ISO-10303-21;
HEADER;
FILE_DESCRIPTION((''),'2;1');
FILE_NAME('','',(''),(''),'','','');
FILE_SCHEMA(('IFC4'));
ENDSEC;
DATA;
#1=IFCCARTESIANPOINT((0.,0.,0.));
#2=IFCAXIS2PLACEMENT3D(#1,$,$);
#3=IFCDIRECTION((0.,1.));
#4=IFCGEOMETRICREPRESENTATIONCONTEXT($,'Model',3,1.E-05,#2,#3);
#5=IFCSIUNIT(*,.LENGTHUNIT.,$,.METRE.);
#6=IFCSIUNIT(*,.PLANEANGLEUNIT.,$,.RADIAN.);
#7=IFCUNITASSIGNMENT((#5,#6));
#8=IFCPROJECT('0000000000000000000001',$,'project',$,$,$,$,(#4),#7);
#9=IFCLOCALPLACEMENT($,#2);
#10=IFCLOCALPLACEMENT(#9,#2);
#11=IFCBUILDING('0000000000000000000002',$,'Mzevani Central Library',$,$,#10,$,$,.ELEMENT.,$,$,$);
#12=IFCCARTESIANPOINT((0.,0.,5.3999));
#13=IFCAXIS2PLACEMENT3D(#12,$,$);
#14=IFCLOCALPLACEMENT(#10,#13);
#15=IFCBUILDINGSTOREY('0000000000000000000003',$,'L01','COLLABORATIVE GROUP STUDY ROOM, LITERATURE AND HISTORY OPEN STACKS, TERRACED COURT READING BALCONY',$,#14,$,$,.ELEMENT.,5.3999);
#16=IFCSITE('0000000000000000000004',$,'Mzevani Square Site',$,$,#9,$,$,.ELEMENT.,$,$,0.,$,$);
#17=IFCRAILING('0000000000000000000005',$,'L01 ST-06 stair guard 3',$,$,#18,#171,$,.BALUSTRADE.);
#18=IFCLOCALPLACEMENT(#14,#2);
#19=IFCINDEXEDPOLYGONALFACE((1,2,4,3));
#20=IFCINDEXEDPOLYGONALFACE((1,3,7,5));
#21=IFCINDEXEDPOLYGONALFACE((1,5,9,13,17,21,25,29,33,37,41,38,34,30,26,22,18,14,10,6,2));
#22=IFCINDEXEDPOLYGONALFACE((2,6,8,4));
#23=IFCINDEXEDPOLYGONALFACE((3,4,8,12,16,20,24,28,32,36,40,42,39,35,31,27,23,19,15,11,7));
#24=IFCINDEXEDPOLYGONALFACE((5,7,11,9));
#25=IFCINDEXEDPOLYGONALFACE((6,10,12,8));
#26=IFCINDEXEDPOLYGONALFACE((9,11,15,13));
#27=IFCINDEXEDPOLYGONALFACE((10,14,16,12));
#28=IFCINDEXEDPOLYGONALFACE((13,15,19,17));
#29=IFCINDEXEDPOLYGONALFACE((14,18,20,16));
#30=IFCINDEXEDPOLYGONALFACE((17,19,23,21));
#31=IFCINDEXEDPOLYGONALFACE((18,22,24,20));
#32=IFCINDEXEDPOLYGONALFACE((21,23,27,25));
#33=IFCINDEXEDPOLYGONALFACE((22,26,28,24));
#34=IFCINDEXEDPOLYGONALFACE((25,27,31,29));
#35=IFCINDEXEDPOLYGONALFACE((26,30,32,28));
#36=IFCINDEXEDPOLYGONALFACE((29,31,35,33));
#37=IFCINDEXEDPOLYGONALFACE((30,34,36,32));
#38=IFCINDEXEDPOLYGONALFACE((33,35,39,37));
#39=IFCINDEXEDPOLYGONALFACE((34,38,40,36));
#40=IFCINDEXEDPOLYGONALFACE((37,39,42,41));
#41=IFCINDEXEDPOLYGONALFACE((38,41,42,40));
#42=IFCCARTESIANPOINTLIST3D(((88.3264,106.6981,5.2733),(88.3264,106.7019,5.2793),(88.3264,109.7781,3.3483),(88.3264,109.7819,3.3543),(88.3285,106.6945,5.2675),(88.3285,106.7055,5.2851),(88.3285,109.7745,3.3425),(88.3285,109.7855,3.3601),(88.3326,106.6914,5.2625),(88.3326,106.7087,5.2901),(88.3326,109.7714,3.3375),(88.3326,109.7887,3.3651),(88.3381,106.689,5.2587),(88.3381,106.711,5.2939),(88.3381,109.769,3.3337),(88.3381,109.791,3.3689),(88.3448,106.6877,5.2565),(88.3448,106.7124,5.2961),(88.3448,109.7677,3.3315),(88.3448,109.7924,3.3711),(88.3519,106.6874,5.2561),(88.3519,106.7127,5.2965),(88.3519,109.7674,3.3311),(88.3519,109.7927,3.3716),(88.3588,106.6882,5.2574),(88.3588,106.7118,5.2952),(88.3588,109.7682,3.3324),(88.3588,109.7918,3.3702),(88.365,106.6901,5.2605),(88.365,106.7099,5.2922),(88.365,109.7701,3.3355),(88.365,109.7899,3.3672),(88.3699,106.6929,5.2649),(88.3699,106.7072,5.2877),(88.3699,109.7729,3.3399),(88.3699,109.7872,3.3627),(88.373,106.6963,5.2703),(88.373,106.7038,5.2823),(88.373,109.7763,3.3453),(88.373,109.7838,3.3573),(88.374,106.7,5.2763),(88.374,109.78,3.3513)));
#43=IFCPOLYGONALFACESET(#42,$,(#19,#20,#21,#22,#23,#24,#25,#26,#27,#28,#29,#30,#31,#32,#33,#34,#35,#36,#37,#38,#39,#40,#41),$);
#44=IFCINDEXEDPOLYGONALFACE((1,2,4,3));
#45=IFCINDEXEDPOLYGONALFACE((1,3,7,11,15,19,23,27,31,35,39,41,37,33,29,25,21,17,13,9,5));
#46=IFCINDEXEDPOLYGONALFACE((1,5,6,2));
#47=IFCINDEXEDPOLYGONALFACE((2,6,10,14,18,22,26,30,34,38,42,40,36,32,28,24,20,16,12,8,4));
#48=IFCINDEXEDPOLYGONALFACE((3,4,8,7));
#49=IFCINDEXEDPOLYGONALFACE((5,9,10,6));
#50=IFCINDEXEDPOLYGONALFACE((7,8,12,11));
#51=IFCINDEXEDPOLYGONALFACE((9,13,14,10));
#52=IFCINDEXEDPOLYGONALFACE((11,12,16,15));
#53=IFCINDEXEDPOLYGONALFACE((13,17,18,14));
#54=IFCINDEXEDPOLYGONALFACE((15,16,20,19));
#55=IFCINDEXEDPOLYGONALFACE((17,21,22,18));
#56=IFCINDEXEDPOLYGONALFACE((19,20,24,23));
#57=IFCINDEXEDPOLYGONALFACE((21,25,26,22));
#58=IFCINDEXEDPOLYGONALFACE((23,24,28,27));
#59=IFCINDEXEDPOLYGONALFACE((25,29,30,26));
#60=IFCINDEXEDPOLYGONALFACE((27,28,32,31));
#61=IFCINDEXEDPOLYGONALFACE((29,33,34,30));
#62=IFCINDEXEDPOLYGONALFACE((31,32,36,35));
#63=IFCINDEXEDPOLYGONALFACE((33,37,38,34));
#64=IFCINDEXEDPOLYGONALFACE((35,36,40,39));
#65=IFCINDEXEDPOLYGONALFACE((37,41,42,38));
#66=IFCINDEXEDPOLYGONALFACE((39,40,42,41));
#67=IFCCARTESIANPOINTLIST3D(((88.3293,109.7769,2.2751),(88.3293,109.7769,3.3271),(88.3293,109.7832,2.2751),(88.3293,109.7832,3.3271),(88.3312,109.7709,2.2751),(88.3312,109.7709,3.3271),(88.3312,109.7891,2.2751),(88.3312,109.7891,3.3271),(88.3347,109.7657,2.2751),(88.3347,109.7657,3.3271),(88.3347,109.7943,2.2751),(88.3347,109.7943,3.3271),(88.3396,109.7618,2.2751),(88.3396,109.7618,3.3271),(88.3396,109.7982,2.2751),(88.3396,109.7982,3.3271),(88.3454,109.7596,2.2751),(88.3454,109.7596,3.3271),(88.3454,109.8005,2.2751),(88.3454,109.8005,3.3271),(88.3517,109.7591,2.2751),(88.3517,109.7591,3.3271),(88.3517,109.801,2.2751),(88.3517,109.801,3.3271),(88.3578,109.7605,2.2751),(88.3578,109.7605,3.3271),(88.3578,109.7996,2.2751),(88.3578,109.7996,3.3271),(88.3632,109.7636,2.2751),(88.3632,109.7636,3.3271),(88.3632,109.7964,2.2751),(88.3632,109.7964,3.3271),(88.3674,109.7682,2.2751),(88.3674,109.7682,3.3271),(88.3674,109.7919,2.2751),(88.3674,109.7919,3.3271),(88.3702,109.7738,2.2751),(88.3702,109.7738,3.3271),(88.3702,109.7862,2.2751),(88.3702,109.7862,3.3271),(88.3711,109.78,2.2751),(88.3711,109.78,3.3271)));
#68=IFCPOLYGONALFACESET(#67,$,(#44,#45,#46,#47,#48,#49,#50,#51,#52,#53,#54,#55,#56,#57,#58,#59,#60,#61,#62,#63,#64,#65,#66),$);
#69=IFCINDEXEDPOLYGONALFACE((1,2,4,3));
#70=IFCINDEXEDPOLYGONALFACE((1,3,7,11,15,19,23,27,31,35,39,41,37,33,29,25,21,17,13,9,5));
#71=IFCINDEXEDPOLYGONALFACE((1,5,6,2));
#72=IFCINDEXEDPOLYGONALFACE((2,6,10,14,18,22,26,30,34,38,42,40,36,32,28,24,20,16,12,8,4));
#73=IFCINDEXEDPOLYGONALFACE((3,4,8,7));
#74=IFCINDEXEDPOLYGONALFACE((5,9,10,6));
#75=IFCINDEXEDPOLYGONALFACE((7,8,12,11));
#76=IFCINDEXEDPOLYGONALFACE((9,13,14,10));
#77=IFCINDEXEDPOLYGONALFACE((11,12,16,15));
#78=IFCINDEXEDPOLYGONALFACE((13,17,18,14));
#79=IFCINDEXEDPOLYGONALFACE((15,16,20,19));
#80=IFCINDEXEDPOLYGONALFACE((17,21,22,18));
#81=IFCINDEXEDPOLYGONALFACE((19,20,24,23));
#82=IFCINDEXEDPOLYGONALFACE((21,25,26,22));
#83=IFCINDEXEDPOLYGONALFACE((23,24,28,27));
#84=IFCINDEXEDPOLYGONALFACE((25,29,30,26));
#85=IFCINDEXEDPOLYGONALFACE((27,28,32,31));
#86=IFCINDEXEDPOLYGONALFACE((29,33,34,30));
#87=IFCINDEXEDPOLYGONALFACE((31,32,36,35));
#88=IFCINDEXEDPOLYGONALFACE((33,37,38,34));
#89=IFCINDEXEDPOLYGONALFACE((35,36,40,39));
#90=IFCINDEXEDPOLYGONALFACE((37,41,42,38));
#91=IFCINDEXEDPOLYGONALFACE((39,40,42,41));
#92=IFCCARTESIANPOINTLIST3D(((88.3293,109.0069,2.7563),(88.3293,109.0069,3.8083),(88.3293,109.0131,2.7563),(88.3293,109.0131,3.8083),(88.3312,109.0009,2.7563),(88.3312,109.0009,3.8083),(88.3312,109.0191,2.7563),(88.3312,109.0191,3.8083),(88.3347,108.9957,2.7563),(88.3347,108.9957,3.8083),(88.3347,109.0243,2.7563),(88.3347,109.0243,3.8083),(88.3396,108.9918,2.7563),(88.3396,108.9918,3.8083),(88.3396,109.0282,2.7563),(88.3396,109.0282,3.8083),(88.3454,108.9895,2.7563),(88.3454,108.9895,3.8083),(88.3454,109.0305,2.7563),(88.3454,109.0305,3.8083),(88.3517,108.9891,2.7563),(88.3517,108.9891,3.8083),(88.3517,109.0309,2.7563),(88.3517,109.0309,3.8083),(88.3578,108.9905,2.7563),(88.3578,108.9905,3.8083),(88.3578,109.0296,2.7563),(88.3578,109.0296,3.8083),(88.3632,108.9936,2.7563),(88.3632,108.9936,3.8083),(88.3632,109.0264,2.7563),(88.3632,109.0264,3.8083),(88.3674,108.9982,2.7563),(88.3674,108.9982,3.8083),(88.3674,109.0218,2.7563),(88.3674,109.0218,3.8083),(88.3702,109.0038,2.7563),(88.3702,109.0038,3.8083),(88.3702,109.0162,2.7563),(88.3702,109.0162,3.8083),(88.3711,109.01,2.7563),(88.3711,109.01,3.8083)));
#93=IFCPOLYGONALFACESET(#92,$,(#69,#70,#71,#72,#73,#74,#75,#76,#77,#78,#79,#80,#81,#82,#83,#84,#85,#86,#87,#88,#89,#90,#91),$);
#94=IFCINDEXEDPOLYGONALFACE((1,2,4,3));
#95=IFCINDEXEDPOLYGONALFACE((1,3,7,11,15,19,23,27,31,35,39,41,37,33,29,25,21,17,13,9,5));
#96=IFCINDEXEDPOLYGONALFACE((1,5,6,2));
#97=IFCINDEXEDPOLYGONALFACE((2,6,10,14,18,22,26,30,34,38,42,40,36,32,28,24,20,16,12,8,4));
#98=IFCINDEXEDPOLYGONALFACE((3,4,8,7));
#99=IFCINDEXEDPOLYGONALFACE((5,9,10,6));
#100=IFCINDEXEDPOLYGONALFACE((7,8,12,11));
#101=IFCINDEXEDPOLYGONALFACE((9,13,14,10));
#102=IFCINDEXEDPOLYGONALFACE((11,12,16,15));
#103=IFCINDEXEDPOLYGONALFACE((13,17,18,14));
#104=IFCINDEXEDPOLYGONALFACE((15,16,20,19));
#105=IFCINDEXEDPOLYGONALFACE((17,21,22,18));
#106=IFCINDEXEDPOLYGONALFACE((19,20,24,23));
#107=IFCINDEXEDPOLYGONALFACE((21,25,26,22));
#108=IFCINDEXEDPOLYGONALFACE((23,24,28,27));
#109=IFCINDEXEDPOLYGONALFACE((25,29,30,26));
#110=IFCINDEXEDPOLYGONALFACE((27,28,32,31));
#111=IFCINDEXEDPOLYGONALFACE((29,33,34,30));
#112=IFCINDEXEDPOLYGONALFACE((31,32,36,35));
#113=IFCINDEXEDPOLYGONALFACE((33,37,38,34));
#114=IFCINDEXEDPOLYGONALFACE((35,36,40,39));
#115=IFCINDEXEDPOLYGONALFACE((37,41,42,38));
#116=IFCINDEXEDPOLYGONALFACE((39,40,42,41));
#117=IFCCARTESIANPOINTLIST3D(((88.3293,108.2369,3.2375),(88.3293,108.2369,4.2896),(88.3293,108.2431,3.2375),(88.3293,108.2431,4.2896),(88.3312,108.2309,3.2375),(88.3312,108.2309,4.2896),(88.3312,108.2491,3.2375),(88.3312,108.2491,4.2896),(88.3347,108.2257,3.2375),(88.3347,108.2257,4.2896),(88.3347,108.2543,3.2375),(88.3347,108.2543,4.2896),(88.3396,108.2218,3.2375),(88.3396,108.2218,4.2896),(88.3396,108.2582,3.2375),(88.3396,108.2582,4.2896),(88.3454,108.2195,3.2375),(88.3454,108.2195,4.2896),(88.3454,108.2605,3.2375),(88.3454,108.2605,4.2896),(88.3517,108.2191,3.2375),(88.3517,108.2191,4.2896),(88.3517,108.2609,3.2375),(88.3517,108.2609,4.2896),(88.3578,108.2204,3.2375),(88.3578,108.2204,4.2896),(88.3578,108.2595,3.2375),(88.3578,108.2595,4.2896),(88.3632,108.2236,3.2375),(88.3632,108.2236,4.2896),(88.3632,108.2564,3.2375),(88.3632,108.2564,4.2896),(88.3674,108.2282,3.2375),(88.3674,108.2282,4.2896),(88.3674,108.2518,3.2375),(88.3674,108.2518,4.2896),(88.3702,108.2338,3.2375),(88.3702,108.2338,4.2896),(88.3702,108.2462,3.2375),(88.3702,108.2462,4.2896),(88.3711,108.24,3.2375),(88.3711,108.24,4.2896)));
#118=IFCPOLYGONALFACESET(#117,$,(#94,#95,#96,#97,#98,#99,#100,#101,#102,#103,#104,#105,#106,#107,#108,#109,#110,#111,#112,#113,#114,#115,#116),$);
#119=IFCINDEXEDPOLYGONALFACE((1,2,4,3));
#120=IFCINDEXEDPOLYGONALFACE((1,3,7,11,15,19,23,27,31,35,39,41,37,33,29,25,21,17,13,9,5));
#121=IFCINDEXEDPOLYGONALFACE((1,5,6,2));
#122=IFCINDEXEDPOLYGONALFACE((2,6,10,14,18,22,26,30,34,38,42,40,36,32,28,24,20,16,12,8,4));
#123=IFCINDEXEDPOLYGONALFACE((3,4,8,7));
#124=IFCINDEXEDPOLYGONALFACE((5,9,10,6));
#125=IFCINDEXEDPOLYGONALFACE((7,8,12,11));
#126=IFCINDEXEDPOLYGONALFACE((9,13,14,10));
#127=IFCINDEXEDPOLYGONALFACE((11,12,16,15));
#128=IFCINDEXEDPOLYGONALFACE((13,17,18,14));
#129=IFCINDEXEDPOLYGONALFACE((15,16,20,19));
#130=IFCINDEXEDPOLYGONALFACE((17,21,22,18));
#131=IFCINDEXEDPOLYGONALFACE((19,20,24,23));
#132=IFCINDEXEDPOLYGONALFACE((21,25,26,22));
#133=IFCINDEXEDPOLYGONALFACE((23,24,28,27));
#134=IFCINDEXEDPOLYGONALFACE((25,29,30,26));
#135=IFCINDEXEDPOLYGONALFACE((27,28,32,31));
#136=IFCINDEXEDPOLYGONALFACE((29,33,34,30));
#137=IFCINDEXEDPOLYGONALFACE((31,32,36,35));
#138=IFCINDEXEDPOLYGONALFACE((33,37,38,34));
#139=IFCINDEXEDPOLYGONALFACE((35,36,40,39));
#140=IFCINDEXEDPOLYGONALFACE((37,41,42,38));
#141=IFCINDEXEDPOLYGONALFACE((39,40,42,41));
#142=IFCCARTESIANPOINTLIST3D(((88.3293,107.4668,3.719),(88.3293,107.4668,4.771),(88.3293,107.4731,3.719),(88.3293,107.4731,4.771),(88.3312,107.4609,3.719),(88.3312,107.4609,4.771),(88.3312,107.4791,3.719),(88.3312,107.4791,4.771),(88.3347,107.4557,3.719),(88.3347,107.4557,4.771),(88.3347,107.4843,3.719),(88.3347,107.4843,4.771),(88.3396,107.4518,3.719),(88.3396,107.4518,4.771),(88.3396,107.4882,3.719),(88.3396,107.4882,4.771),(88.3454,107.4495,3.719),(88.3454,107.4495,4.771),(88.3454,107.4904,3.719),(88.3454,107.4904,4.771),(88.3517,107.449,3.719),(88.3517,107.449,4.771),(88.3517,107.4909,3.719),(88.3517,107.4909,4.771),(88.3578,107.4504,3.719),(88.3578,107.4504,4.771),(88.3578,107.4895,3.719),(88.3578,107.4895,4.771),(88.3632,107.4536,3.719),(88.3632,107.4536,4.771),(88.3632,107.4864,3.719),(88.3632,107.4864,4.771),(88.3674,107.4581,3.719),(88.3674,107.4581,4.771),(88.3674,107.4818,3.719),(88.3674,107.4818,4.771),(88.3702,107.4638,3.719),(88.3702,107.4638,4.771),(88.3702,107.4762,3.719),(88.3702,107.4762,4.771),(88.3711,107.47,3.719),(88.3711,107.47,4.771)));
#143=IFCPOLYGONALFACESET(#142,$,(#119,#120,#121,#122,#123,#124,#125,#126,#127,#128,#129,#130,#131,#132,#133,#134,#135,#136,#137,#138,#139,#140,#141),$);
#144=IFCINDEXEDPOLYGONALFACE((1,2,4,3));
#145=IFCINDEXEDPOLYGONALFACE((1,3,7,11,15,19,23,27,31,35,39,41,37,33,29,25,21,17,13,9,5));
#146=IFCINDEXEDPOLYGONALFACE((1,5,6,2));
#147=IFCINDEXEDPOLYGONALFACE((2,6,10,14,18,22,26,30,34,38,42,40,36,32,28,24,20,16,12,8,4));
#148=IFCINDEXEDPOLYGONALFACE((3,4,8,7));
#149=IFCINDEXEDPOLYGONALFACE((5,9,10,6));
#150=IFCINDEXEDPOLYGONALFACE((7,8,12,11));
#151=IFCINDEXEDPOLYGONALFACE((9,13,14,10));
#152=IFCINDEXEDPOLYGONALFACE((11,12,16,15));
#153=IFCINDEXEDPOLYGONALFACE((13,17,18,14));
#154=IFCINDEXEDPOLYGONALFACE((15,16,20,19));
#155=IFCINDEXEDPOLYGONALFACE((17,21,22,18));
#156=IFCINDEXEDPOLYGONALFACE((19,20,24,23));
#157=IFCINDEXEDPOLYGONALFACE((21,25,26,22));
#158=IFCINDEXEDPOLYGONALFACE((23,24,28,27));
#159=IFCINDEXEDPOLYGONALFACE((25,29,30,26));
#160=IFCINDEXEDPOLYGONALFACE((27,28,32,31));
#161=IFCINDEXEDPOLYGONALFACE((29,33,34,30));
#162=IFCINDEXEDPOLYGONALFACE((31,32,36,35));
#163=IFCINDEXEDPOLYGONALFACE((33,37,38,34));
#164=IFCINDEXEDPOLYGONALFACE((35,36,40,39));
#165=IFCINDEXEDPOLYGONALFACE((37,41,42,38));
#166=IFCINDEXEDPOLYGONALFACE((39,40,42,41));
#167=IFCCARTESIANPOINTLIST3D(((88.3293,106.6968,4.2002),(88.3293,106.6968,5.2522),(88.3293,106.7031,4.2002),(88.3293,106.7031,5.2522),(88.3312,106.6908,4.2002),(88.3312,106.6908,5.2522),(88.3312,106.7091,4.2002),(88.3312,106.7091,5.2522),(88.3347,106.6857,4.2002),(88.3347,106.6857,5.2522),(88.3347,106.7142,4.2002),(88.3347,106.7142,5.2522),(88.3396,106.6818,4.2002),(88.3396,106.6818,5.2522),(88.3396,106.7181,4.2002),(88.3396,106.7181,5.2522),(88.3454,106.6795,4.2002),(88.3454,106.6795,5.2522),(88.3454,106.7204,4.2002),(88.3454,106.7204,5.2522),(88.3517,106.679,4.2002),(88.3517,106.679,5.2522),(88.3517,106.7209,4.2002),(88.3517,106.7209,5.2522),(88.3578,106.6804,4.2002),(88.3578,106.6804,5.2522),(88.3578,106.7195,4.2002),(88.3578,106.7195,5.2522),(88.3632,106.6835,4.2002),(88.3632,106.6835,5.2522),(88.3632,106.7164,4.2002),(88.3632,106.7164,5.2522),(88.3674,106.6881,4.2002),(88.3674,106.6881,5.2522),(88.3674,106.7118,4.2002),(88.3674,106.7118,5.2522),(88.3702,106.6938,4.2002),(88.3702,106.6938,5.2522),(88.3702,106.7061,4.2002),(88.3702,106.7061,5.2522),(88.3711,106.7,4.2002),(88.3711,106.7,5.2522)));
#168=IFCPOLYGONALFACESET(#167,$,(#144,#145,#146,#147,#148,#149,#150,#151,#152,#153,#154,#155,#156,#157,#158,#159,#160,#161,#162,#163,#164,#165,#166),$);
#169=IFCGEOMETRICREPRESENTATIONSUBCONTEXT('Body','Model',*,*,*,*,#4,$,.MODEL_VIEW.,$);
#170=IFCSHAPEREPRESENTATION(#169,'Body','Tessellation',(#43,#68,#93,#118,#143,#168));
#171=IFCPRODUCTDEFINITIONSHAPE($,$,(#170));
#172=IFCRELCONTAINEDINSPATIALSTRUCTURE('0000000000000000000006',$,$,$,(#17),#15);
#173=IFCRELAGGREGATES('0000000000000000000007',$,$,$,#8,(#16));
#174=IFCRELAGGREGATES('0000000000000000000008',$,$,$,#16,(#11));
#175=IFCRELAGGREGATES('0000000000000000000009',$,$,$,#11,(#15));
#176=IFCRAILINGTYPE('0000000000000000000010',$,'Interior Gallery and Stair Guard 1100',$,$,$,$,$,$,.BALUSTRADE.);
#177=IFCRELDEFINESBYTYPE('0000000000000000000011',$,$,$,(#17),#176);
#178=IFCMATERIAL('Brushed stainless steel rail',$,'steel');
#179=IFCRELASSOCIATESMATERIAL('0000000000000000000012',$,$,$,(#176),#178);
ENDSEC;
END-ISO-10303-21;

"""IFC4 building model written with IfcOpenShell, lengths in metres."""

from ifc_helpers import new_model, si_unit, direction, frame, origin, origin_2d, place, context, subcontext, project, spatial, circle, extrude, material, type_object, element, save


model = new_model("IFC4")

# Units and contexts
model_context = context("Model", 3, precision=1e-05, world=origin(), true_north=direction((0.0, 1.0)))
body_context = subcontext(model_context, "Body", "Model", "MODEL_VIEW")
ifc_project = project(units=[si_unit("LENGTHUNIT", "METRE"), si_unit("PLANEANGLEUNIT", "RADIAN")], contexts=[model_context])

# Site, building, storey
site_placement = place(None, origin())
site = spatial("IfcSite", under=ifc_project, at=site_placement, Name="Mzevani Square Site", CompositionType="ELEMENT", RefElevation=0.0)
building_placement = place(site_placement, origin())
building = spatial("IfcBuilding", under=site, at=building_placement, Name="Mzevani Central Library", CompositionType="ELEMENT")
storey_placement = place(building_placement, frame((0.0, 0.0, 5.3999)))
storey = spatial("IfcBuildingStorey", under=building, at=storey_placement, Name="L01", Description="COLLABORATIVE GROUP STUDY ROOM, LITERATURE AND HISTORY OPEN STACKS, TERRACED COURT READING BALCONY", CompositionType="ELEMENT", Elevation=5.3999)

# Railing
ifc_material_1 = material(Name="Brushed stainless steel rail", Category="steel")
railing_type_1 = type_object("IfcRailingType", Name="Interior Gallery and Stair Guard 1100", PredefinedType="BALUSTRADE", material=ifc_material_1)
railing_1_placement = place(storey_placement, frame((88.3501, 109.78, 2.2751)))
element("IfcRailing", 1, at=railing_1_placement, inside=storey, type_object=railing_type_1, Name="L01 ST-06 stair guard 3", PredefinedType="BALUSTRADE", context=body_context, shape_type="SweptSolid", body=[
    extrude(circle(Radius=0.0239, at=origin_2d()), frame((0.0, 0.0, 1.0762), z_axis=(0.0, -0.847998, 0.529999), x_axis=(1.0, 0.0, 0.0)), (0.0, 0.0, 1.0), 3.6321),
    extrude(circle(Radius=0.021, at=origin_2d()), origin(), (0.0, 0.0, 1.0), 1.052),
    extrude(circle(Radius=0.021, at=origin_2d()), frame((0.0, -0.77, 0.4812)), (0.0, 0.0, 1.0), 1.052),
    extrude(circle(Radius=0.021, at=origin_2d()), frame((0.0, -1.54, 0.9624)), (0.0, 0.0, 1.0), 1.052),
    extrude(circle(Radius=0.021, at=origin_2d()), frame((0.0, -2.3101, 1.4438)), (0.0, 0.0, 1.0), 1.052),
    extrude(circle(Radius=0.021, at=origin_2d()), frame((0.0, -3.0801, 1.925)), (0.0, 0.0, 1.0), 1.052),
])

save(model, "model.ifc")
